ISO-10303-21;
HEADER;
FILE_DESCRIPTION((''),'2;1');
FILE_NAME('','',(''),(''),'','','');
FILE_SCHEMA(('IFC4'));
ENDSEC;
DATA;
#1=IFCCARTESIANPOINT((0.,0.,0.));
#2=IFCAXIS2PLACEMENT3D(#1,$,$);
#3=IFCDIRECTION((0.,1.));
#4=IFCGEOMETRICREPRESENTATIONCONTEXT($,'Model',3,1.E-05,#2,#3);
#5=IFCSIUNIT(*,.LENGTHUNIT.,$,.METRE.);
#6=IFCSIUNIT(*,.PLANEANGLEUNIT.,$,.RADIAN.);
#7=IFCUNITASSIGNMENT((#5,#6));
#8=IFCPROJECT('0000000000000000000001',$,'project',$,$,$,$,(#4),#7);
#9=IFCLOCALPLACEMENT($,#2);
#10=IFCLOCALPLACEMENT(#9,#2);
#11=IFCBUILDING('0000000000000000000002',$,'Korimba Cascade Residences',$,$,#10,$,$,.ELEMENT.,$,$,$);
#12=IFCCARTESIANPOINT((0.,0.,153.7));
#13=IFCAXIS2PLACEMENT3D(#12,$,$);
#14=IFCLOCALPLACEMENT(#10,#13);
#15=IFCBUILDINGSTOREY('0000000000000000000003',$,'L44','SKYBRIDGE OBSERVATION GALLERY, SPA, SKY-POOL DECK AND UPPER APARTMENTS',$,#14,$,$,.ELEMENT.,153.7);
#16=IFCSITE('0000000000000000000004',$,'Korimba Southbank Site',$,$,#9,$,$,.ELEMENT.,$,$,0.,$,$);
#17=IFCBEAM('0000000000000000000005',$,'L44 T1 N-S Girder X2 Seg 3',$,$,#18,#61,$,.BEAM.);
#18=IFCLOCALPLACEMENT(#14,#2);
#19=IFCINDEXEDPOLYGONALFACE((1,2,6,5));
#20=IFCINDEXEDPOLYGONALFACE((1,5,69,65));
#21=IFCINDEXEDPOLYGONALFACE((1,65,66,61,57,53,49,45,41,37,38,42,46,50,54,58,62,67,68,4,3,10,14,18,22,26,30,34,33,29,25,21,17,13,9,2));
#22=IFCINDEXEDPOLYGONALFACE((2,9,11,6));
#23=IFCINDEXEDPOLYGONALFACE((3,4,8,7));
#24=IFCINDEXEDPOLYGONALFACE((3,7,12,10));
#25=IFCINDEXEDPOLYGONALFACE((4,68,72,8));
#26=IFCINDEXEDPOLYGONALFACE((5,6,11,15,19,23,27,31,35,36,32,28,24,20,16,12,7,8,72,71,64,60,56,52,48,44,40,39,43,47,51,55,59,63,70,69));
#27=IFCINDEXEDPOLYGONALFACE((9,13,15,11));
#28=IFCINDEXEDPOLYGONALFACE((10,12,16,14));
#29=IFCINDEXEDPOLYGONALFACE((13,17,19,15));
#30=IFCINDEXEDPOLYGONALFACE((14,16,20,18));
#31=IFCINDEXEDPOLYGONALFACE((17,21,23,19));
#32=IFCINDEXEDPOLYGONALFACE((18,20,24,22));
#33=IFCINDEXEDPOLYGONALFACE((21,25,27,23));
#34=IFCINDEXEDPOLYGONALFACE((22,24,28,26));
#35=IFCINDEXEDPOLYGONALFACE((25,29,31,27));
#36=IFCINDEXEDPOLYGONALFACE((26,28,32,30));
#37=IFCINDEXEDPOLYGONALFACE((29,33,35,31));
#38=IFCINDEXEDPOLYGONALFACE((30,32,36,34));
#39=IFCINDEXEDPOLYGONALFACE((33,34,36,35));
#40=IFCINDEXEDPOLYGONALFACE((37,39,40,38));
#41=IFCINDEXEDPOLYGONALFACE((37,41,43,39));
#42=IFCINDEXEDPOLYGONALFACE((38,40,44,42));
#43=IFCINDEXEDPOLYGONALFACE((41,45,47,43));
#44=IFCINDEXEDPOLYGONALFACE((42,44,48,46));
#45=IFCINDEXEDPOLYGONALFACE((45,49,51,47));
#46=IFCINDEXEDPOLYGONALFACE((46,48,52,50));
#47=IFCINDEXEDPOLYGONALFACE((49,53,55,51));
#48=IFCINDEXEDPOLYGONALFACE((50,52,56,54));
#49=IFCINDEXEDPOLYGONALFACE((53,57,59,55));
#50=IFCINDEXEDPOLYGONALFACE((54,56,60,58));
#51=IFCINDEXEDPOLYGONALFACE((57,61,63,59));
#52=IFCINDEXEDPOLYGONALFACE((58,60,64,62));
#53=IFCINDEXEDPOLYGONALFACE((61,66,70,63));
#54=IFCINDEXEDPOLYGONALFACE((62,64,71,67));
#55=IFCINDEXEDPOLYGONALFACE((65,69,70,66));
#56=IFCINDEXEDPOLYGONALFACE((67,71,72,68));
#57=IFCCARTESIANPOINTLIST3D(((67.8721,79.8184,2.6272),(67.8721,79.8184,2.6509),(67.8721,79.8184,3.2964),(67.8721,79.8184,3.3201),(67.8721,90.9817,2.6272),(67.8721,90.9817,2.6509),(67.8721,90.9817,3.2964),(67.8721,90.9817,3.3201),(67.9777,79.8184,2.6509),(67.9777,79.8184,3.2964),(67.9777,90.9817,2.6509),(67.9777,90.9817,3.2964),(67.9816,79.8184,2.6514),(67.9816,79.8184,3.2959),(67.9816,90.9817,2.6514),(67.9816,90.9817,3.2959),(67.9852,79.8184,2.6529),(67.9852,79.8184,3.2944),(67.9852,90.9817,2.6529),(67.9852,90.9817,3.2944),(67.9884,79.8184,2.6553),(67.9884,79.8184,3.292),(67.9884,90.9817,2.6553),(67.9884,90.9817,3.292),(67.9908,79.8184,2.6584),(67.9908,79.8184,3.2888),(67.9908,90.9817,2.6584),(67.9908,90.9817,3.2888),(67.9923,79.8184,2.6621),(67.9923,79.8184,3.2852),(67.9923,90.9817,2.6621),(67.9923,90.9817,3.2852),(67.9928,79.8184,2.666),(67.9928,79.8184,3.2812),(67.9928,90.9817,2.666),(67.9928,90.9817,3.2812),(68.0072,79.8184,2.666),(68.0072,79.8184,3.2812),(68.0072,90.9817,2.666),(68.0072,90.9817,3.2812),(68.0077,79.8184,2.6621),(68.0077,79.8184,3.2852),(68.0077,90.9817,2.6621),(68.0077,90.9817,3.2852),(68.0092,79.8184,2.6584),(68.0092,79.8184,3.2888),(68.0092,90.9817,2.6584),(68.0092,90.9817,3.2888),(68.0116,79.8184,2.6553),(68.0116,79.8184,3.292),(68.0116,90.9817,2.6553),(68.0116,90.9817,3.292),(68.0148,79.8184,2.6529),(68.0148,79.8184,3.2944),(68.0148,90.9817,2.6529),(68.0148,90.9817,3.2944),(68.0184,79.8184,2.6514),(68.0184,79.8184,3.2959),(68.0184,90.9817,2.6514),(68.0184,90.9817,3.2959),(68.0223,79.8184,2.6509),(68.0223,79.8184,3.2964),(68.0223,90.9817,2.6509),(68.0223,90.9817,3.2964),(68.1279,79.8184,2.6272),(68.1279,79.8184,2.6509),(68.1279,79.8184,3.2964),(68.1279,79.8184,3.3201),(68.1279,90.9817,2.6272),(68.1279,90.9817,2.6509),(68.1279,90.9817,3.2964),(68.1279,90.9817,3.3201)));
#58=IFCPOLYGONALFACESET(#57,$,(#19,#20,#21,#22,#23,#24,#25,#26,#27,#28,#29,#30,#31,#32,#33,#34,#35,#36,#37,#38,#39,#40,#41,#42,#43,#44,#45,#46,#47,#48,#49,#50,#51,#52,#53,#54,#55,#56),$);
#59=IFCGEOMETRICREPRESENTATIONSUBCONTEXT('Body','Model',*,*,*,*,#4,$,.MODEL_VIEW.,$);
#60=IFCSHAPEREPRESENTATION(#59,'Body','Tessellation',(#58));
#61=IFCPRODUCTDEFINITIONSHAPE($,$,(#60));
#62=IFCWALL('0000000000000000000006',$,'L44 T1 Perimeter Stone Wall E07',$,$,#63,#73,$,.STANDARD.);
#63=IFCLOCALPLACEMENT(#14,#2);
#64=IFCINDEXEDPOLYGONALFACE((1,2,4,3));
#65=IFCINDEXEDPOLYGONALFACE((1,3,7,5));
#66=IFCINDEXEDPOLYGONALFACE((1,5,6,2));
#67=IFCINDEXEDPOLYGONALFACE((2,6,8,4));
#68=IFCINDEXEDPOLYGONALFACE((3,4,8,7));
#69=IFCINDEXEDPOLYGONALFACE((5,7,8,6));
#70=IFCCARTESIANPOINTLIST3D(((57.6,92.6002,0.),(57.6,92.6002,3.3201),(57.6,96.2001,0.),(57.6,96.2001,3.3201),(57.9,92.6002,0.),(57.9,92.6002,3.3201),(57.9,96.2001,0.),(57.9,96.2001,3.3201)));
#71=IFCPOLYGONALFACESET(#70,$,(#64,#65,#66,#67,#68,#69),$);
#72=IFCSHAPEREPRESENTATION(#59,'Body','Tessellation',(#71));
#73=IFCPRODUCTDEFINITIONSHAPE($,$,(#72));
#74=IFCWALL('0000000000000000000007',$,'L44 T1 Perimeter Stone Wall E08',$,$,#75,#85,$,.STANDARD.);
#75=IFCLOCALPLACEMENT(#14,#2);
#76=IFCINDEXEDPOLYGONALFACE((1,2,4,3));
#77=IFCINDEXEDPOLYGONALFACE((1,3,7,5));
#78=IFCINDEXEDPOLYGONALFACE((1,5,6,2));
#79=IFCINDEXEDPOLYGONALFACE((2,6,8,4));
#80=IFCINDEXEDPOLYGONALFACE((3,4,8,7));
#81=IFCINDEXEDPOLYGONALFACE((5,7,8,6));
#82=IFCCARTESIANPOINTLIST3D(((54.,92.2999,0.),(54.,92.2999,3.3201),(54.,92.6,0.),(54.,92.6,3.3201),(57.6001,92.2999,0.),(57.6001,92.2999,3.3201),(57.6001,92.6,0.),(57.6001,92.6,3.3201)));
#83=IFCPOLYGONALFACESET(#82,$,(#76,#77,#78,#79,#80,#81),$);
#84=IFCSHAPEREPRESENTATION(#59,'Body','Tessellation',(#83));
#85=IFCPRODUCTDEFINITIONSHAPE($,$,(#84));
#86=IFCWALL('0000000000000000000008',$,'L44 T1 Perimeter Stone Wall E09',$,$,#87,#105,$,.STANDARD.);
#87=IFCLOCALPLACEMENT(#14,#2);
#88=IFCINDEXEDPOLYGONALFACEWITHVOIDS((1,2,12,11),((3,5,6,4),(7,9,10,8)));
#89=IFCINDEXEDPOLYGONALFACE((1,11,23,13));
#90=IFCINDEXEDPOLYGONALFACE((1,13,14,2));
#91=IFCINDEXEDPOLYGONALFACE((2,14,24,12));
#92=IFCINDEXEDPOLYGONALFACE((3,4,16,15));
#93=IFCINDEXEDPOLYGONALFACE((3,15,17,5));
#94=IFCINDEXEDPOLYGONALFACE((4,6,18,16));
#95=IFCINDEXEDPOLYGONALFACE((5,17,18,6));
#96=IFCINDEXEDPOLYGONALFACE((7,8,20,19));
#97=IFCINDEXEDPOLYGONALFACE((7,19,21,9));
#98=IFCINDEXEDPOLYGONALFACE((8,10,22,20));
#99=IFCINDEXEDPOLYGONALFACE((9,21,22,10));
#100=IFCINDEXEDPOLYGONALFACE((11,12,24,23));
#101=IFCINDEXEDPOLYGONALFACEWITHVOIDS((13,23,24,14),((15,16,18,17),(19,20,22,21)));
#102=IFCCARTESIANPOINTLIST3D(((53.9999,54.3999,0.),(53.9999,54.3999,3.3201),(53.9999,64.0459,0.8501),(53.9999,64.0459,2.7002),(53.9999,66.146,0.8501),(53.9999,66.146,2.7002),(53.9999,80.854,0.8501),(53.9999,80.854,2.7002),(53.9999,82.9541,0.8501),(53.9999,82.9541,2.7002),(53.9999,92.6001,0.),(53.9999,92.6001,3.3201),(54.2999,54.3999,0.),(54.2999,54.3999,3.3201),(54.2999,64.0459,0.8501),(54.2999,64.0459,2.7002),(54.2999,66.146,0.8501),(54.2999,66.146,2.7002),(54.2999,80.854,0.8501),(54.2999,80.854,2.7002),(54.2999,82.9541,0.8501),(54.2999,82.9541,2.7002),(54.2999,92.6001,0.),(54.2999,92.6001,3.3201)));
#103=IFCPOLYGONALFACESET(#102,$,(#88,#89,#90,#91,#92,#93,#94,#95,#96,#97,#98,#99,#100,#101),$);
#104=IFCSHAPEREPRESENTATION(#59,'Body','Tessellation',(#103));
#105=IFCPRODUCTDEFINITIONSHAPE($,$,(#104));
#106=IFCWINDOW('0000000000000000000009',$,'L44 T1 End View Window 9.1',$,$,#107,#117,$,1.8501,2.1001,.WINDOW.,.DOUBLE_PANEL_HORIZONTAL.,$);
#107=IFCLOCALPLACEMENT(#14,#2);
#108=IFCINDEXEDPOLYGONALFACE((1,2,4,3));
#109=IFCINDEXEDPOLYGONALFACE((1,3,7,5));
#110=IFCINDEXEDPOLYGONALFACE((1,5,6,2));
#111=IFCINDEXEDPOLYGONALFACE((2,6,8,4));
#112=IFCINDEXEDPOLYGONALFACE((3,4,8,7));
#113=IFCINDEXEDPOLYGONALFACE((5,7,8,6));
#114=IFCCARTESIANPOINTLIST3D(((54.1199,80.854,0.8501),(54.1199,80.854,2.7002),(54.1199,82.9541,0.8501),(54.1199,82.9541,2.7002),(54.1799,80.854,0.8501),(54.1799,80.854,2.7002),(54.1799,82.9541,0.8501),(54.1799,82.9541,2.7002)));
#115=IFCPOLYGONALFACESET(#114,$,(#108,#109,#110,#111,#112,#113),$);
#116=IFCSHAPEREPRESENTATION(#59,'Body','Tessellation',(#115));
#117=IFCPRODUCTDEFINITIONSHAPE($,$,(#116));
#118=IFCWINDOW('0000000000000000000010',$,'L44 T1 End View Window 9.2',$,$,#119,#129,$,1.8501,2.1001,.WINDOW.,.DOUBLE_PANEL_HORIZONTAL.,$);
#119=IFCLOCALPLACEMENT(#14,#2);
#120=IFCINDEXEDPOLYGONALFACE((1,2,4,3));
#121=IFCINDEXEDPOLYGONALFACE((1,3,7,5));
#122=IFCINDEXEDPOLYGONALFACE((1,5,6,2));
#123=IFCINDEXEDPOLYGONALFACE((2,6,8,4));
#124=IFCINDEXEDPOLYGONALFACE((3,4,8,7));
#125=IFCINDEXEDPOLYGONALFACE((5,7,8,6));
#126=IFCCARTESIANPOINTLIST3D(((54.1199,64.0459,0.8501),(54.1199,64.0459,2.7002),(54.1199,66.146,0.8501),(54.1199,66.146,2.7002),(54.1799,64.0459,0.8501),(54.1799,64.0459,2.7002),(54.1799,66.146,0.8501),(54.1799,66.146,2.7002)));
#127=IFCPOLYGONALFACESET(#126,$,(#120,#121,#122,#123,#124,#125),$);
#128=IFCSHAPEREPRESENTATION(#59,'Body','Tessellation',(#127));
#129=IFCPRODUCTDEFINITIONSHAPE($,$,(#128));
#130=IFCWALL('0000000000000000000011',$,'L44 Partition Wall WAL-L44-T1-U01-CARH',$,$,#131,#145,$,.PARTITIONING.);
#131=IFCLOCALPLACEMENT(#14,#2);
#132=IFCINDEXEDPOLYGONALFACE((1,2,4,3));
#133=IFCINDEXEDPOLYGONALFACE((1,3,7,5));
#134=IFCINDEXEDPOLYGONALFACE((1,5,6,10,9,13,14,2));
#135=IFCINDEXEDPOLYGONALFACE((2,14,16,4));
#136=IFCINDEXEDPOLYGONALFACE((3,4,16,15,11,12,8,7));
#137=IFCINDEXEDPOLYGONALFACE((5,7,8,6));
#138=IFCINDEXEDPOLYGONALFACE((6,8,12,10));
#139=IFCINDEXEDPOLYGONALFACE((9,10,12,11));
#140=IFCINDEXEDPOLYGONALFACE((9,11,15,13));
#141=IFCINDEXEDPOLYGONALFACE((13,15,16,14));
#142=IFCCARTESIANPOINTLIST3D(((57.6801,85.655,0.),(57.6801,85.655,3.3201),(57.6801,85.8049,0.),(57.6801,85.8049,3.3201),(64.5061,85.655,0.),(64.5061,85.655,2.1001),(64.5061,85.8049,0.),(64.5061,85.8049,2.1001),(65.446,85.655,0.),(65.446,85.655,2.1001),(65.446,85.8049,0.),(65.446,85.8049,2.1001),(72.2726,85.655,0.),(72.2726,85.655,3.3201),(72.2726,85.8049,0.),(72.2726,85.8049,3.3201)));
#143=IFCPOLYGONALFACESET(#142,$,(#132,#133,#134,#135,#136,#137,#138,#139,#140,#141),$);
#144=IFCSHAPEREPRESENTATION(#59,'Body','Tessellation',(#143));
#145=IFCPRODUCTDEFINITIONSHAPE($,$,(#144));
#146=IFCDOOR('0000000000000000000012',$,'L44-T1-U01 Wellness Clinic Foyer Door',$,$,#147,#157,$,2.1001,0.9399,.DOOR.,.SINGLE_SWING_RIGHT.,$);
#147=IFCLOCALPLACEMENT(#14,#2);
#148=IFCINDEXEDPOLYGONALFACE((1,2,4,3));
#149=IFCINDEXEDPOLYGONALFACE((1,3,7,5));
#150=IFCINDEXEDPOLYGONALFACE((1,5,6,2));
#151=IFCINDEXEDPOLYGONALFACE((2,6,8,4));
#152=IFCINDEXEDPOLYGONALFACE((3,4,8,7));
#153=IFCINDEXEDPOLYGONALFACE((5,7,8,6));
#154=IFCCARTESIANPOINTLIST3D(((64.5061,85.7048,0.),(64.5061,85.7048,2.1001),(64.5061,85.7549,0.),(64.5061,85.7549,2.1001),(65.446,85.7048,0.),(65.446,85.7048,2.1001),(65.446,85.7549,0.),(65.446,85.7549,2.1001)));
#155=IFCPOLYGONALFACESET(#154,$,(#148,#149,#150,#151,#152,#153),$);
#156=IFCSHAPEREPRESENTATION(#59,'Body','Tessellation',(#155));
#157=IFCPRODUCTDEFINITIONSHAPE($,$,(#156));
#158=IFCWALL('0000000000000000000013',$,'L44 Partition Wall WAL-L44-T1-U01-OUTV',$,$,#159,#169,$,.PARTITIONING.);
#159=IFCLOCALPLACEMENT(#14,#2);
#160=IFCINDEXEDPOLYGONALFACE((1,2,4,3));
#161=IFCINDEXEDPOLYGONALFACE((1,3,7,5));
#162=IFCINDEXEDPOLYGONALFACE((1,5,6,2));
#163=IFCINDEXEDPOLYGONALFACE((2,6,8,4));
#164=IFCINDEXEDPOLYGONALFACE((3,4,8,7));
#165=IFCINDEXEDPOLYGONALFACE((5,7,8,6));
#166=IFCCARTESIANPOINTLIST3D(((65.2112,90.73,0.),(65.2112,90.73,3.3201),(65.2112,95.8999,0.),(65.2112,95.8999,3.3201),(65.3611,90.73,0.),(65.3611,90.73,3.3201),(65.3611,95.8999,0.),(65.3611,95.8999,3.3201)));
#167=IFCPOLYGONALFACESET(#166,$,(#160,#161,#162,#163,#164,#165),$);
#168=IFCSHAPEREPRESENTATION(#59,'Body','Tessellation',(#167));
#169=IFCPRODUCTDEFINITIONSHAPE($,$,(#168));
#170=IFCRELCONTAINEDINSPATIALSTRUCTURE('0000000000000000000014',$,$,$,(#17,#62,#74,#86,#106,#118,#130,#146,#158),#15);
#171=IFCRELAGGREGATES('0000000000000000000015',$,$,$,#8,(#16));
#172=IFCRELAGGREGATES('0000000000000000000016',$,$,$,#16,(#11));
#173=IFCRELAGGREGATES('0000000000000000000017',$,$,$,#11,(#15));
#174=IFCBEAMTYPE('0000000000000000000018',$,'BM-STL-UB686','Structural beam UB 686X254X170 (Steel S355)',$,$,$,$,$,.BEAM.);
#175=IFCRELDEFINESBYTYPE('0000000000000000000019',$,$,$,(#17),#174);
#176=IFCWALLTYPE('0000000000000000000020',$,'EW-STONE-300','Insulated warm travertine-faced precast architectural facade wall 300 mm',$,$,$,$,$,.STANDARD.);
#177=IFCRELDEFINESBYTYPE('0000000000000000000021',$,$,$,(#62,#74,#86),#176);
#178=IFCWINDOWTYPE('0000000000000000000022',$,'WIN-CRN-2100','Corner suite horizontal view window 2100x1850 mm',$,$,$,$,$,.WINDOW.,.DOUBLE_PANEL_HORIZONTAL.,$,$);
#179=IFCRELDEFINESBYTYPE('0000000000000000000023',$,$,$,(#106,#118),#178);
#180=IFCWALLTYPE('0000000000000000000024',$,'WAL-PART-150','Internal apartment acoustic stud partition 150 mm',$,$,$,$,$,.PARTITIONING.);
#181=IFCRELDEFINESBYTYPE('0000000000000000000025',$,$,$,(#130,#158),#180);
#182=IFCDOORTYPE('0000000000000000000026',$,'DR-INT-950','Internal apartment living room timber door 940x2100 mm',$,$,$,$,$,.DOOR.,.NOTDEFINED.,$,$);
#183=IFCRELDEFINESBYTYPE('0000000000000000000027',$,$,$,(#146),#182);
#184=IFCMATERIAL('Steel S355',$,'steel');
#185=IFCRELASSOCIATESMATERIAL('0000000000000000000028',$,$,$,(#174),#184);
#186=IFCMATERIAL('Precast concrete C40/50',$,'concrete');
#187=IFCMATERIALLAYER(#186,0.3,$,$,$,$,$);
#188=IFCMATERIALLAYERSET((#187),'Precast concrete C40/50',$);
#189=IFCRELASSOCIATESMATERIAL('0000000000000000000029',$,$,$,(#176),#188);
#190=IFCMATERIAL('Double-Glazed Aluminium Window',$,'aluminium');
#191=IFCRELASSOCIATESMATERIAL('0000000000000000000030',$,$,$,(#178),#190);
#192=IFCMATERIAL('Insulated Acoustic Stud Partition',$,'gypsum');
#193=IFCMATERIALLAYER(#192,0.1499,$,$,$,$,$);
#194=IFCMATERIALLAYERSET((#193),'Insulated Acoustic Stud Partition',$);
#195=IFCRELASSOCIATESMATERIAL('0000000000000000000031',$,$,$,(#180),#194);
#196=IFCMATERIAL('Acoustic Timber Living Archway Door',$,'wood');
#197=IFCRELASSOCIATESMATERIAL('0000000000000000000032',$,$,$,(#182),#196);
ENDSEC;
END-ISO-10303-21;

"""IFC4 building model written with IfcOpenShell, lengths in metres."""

from ifc_helpers import new_model, si_unit, direction, frame, frame_2d, origin, origin_2d, place, context, subcontext, project, spatial, rectangle, i_section, extrude, material, layer, layer_set, material_profile, profile_set, type_object, element, fill, save


model = new_model("IFC4")

# Units and contexts
model_context = context("Model", 3, precision=1e-05, world=origin(), true_north=direction((0.0, 1.0)))
body_context = subcontext(model_context, "Body", "Model", "MODEL_VIEW")
ifc_project = project(units=[si_unit("LENGTHUNIT", "METRE"), si_unit("PLANEANGLEUNIT", "RADIAN")], contexts=[model_context])

# Site, building, storey
site_placement = place(None, origin())
site = spatial("IfcSite", under=ifc_project, at=site_placement, Name="Korimba Southbank Site", CompositionType="ELEMENT", RefElevation=0.0)
building_placement = place(site_placement, origin())
building = spatial("IfcBuilding", under=site, at=building_placement, Name="Korimba Cascade Residences", CompositionType="ELEMENT")
storey_placement = place(building_placement, frame((0.0, 0.0, 153.7)))
storey = spatial("IfcBuildingStorey", under=building, at=storey_placement, Name="L44", Description="SKYBRIDGE OBSERVATION GALLERY, SPA, SKY-POOL DECK AND UPPER APARTMENTS", CompositionType="ELEMENT", Elevation=153.7)

# Beam
ifc_material_1 = material(Name="Steel S355", Category="steel")
ifc_material_profile_1 = material_profile(ifc_material_1, i_section(OverallWidth=0.2559, OverallDepth=0.6929, WebThickness=0.0144, FlangeThickness=0.0237, FilletRadius=0.0151, at=origin_2d()), Name="Steel S355")
ifc_profile_set_1 = profile_set([ifc_material_profile_1], Name="Steel S355")
beam_type_1 = type_object("IfcBeamType", Name="BM-STL-UB686", Description="Structural beam UB 686X254X170 (Steel S355)", PredefinedType="BEAM", material=ifc_profile_set_1)
beam_1_placement = place(storey_placement, frame((68.0, 79.8184, 2.9736), z_axis=(0.0, 1.0, 0.0), x_axis=(-1.0, 0.0, 0.0)))
element("IfcBeam", 1, at=beam_1_placement, inside=storey, type_object=beam_type_1, Name="L44 T1 N-S Girder X2 Seg 3", PredefinedType="BEAM", context=body_context, shape_type="SweptSolid", body=[
    extrude(i_section(OverallWidth=0.2559, OverallDepth=0.6929, WebThickness=0.0144, FlangeThickness=0.0237, FilletRadius=0.0151, at=origin_2d()), origin(), (0.0, 0.0, 1.0), 11.1633),
])

# Walls
ifc_material_2 = material(Name="Precast concrete C40/50", Category="concrete")
ifc_layer_1 = layer(ifc_material_2, 0.3)
ifc_layer_set_1 = layer_set([ifc_layer_1], Name="Precast concrete C40/50")
wall_type_1 = type_object("IfcWallType", Name="EW-STONE-300", Description="Insulated warm travertine-faced precast architectural facade wall 300 mm", PredefinedType="STANDARD", material=ifc_layer_set_1)
wall_1_placement = place(storey_placement, frame((57.75, 96.2, 0.0), z_axis=(0.0, 0.0, 1.0), x_axis=(0.0, -1.0, 0.0)))
element("IfcWall", 2, at=wall_1_placement, inside=storey, type_object=wall_type_1, Name="L44 T1 Perimeter Stone Wall E07", PredefinedType="STANDARD", context=body_context, shape_type="SweptSolid", body=[
    extrude(rectangle(XDim=3.5999, YDim=0.3, at=frame_2d((1.7998, 0.0))), origin(), (0.0, 0.0, 1.0), 3.3201),
])
wall_2_placement = place(storey_placement, frame((57.6001, 92.45, 0.0), z_axis=(0.0, 0.0, 1.0), x_axis=(-1.0, 0.0, 0.0)))
element("IfcWall", 3, at=wall_2_placement, inside=storey, type_object=wall_type_1, Name="L44 T1 Perimeter Stone Wall E08", PredefinedType="STANDARD", context=body_context, shape_type="SweptSolid", body=[
    extrude(rectangle(XDim=3.6001, YDim=0.3, at=frame_2d((1.8, 0.0))), origin(), (0.0, 0.0, 1.0), 3.3201),
])

# Wall, openings, windows
wall_3_placement = place(storey_placement, frame((54.1499, 92.6001, 0.0), z_axis=(0.0, 0.0, 1.0), x_axis=(0.0, -1.0, 0.0)))
wall_3 = element("IfcWall", 4, at=wall_3_placement, inside=storey, type_object=wall_type_1, Name="L44 T1 Perimeter Stone Wall E09", PredefinedType="STANDARD", context=body_context, shape_type="SweptSolid", body=[
    extrude(rectangle(XDim=38.2002, YDim=0.3, at=frame_2d((19.1001, 0.0))), origin(), (0.0, 0.0, 1.0), 3.3201),
])
opening_1_placement = place(wall_3_placement, frame((9.646, 0.0, 0.8501)))
opening_1 = element("IfcOpeningElement", 5, at=opening_1_placement, cuts=wall_3, PredefinedType="OPENING", context=body_context, shape_type="SweptSolid", body=[
    extrude(rectangle(XDim=2.1001, YDim=1.8501, at=frame_2d((1.05, 0.925))), frame((0.0, 0.1602, 0.0), z_axis=(0.0, -1.0, 0.0), x_axis=(1.0, 0.0, 0.0)), (0.0, 0.0, 1.0), 0.3201),
])
opening_2_placement = place(wall_3_placement, frame((26.4541, 0.0, 0.8501)))
opening_2 = element("IfcOpeningElement", 6, at=opening_2_placement, cuts=wall_3, PredefinedType="OPENING", context=body_context, shape_type="SweptSolid", body=[
    extrude(rectangle(XDim=2.1001, YDim=1.8501, at=frame_2d((1.05, 0.925))), frame((0.0, 0.1602, 0.0), z_axis=(0.0, -1.0, 0.0), x_axis=(1.0, 0.0, 0.0)), (0.0, 0.0, 1.0), 0.3201),
])
ifc_material_3 = material(Name="Double-Glazed Aluminium Window", Category="aluminium")
window_type = type_object("IfcWindowType", Name="WIN-CRN-2100", Description="Corner suite horizontal view window 2100x1850 mm", PartitioningType="DOUBLE_PANEL_HORIZONTAL", PredefinedType="WINDOW", material=ifc_material_3)
window_1_placement = place(opening_1_placement, origin())
window_1 = element("IfcWindow", 7, at=window_1_placement, inside=storey, type_object=window_type, Name="L44 T1 End View Window 9.1", OverallHeight=1.8501, OverallWidth=2.1001, PartitioningType="DOUBLE_PANEL_HORIZONTAL", PredefinedType="WINDOW", context=body_context, shape_type="SweptSolid", body=[
    extrude(rectangle(XDim=2.1001, YDim=1.8501, at=frame_2d((1.05, 0.925))), frame((0.0, 0.03, 0.0), z_axis=(0.0, -1.0, 0.0), x_axis=(1.0, 0.0, 0.0)), (0.0, 0.0, 1.0), 0.0601),
])
fill(opening_1, window_1)
window_2_placement = place(opening_2_placement, origin())
window_2 = element("IfcWindow", 8, at=window_2_placement, inside=storey, type_object=window_type, Name="L44 T1 End View Window 9.2", OverallHeight=1.8501, OverallWidth=2.1001, PartitioningType="DOUBLE_PANEL_HORIZONTAL", PredefinedType="WINDOW", context=body_context, shape_type="SweptSolid", body=[
    extrude(rectangle(XDim=2.1001, YDim=1.8501, at=frame_2d((1.05, 0.925))), frame((0.0, 0.03, 0.0), z_axis=(0.0, -1.0, 0.0), x_axis=(1.0, 0.0, 0.0)), (0.0, 0.0, 1.0), 0.0601),
])
fill(opening_2, window_2)

# Wall, opening, door
ifc_material_4 = material(Name="Insulated Acoustic Stud Partition", Category="gypsum")
ifc_layer_2 = layer(ifc_material_4, 0.1499)
ifc_layer_set_2 = layer_set([ifc_layer_2], Name="Insulated Acoustic Stud Partition")
wall_type_2 = type_object("IfcWallType", Name="WAL-PART-150", Description="Internal apartment acoustic stud partition 150 mm", PredefinedType="PARTITIONING", material=ifc_layer_set_2)
wall_4_placement = place(storey_placement, frame((57.6799, 85.73, 0.0), z_axis=(0.0, 0.0, 1.0), x_axis=(1.0, 0.0, 0.0)))
wall_4 = element("IfcWall", 9, at=wall_4_placement, inside=storey, type_object=wall_type_2, Name="L44 Partition Wall WAL-L44-T1-U01-CARH", PredefinedType="PARTITIONING", context=body_context, shape_type="SweptSolid", body=[
    extrude(rectangle(XDim=14.5925, YDim=0.1499, at=frame_2d((7.2964, 0.0))), origin(), (0.0, 0.0, 1.0), 3.3201),
])
opening_3_placement = place(wall_4_placement, frame((6.8262, 0.0, 0.0)))
opening_3 = element("IfcOpeningElement", 10, at=opening_3_placement, cuts=wall_4, PredefinedType="OPENING", context=body_context, shape_type="SweptSolid", body=[
    extrude(rectangle(XDim=0.9399, YDim=2.1001, at=frame_2d((0.47, 1.05))), frame((0.0, 0.085, 0.0), z_axis=(0.0, -1.0, 0.0), x_axis=(1.0, 0.0, 0.0)), (0.0, 0.0, 1.0), 0.1699),
])
ifc_material_5 = material(Name="Acoustic Timber Living Archway Door", Category="wood")
door_type = type_object("IfcDoorType", Name="DR-INT-950", Description="Internal apartment living room timber door 940x2100 mm", OperationType="NOTDEFINED", PredefinedType="DOOR", material=ifc_material_5)
door_1_placement = place(opening_3_placement, origin())
door_1 = element("IfcDoor", 11, at=door_1_placement, inside=storey, type_object=door_type, Name="L44-T1-U01 Wellness Clinic Foyer Door", OperationType="SINGLE_SWING_RIGHT", OverallHeight=2.1001, OverallWidth=0.9399, PredefinedType="DOOR", context=body_context, shape_type="SweptSolid", body=[
    extrude(rectangle(XDim=0.9399, YDim=2.1001, at=frame_2d((0.47, 1.05))), frame((0.0, 0.0249, 0.0), z_axis=(0.0, -1.0, 0.0), x_axis=(1.0, 0.0, 0.0)), (0.0, 0.0, 1.0), 0.05),
])
fill(opening_3, door_1)

# Wall
wall_5_placement = place(storey_placement, frame((65.2861, 90.73, 0.0), z_axis=(0.0, 0.0, 1.0), x_axis=(0.0, 1.0, 0.0)))
element("IfcWall", 12, at=wall_5_placement, inside=storey, type_object=wall_type_2, Name="L44 Partition Wall WAL-L44-T1-U01-OUTV", PredefinedType="PARTITIONING", context=body_context, shape_type="SweptSolid", body=[
    extrude(rectangle(XDim=5.1699, YDim=0.1499, at=frame_2d((2.585, 0.0))), origin(), (0.0, 0.0, 1.0), 3.3201),
])

save(model, "model.ifc")
